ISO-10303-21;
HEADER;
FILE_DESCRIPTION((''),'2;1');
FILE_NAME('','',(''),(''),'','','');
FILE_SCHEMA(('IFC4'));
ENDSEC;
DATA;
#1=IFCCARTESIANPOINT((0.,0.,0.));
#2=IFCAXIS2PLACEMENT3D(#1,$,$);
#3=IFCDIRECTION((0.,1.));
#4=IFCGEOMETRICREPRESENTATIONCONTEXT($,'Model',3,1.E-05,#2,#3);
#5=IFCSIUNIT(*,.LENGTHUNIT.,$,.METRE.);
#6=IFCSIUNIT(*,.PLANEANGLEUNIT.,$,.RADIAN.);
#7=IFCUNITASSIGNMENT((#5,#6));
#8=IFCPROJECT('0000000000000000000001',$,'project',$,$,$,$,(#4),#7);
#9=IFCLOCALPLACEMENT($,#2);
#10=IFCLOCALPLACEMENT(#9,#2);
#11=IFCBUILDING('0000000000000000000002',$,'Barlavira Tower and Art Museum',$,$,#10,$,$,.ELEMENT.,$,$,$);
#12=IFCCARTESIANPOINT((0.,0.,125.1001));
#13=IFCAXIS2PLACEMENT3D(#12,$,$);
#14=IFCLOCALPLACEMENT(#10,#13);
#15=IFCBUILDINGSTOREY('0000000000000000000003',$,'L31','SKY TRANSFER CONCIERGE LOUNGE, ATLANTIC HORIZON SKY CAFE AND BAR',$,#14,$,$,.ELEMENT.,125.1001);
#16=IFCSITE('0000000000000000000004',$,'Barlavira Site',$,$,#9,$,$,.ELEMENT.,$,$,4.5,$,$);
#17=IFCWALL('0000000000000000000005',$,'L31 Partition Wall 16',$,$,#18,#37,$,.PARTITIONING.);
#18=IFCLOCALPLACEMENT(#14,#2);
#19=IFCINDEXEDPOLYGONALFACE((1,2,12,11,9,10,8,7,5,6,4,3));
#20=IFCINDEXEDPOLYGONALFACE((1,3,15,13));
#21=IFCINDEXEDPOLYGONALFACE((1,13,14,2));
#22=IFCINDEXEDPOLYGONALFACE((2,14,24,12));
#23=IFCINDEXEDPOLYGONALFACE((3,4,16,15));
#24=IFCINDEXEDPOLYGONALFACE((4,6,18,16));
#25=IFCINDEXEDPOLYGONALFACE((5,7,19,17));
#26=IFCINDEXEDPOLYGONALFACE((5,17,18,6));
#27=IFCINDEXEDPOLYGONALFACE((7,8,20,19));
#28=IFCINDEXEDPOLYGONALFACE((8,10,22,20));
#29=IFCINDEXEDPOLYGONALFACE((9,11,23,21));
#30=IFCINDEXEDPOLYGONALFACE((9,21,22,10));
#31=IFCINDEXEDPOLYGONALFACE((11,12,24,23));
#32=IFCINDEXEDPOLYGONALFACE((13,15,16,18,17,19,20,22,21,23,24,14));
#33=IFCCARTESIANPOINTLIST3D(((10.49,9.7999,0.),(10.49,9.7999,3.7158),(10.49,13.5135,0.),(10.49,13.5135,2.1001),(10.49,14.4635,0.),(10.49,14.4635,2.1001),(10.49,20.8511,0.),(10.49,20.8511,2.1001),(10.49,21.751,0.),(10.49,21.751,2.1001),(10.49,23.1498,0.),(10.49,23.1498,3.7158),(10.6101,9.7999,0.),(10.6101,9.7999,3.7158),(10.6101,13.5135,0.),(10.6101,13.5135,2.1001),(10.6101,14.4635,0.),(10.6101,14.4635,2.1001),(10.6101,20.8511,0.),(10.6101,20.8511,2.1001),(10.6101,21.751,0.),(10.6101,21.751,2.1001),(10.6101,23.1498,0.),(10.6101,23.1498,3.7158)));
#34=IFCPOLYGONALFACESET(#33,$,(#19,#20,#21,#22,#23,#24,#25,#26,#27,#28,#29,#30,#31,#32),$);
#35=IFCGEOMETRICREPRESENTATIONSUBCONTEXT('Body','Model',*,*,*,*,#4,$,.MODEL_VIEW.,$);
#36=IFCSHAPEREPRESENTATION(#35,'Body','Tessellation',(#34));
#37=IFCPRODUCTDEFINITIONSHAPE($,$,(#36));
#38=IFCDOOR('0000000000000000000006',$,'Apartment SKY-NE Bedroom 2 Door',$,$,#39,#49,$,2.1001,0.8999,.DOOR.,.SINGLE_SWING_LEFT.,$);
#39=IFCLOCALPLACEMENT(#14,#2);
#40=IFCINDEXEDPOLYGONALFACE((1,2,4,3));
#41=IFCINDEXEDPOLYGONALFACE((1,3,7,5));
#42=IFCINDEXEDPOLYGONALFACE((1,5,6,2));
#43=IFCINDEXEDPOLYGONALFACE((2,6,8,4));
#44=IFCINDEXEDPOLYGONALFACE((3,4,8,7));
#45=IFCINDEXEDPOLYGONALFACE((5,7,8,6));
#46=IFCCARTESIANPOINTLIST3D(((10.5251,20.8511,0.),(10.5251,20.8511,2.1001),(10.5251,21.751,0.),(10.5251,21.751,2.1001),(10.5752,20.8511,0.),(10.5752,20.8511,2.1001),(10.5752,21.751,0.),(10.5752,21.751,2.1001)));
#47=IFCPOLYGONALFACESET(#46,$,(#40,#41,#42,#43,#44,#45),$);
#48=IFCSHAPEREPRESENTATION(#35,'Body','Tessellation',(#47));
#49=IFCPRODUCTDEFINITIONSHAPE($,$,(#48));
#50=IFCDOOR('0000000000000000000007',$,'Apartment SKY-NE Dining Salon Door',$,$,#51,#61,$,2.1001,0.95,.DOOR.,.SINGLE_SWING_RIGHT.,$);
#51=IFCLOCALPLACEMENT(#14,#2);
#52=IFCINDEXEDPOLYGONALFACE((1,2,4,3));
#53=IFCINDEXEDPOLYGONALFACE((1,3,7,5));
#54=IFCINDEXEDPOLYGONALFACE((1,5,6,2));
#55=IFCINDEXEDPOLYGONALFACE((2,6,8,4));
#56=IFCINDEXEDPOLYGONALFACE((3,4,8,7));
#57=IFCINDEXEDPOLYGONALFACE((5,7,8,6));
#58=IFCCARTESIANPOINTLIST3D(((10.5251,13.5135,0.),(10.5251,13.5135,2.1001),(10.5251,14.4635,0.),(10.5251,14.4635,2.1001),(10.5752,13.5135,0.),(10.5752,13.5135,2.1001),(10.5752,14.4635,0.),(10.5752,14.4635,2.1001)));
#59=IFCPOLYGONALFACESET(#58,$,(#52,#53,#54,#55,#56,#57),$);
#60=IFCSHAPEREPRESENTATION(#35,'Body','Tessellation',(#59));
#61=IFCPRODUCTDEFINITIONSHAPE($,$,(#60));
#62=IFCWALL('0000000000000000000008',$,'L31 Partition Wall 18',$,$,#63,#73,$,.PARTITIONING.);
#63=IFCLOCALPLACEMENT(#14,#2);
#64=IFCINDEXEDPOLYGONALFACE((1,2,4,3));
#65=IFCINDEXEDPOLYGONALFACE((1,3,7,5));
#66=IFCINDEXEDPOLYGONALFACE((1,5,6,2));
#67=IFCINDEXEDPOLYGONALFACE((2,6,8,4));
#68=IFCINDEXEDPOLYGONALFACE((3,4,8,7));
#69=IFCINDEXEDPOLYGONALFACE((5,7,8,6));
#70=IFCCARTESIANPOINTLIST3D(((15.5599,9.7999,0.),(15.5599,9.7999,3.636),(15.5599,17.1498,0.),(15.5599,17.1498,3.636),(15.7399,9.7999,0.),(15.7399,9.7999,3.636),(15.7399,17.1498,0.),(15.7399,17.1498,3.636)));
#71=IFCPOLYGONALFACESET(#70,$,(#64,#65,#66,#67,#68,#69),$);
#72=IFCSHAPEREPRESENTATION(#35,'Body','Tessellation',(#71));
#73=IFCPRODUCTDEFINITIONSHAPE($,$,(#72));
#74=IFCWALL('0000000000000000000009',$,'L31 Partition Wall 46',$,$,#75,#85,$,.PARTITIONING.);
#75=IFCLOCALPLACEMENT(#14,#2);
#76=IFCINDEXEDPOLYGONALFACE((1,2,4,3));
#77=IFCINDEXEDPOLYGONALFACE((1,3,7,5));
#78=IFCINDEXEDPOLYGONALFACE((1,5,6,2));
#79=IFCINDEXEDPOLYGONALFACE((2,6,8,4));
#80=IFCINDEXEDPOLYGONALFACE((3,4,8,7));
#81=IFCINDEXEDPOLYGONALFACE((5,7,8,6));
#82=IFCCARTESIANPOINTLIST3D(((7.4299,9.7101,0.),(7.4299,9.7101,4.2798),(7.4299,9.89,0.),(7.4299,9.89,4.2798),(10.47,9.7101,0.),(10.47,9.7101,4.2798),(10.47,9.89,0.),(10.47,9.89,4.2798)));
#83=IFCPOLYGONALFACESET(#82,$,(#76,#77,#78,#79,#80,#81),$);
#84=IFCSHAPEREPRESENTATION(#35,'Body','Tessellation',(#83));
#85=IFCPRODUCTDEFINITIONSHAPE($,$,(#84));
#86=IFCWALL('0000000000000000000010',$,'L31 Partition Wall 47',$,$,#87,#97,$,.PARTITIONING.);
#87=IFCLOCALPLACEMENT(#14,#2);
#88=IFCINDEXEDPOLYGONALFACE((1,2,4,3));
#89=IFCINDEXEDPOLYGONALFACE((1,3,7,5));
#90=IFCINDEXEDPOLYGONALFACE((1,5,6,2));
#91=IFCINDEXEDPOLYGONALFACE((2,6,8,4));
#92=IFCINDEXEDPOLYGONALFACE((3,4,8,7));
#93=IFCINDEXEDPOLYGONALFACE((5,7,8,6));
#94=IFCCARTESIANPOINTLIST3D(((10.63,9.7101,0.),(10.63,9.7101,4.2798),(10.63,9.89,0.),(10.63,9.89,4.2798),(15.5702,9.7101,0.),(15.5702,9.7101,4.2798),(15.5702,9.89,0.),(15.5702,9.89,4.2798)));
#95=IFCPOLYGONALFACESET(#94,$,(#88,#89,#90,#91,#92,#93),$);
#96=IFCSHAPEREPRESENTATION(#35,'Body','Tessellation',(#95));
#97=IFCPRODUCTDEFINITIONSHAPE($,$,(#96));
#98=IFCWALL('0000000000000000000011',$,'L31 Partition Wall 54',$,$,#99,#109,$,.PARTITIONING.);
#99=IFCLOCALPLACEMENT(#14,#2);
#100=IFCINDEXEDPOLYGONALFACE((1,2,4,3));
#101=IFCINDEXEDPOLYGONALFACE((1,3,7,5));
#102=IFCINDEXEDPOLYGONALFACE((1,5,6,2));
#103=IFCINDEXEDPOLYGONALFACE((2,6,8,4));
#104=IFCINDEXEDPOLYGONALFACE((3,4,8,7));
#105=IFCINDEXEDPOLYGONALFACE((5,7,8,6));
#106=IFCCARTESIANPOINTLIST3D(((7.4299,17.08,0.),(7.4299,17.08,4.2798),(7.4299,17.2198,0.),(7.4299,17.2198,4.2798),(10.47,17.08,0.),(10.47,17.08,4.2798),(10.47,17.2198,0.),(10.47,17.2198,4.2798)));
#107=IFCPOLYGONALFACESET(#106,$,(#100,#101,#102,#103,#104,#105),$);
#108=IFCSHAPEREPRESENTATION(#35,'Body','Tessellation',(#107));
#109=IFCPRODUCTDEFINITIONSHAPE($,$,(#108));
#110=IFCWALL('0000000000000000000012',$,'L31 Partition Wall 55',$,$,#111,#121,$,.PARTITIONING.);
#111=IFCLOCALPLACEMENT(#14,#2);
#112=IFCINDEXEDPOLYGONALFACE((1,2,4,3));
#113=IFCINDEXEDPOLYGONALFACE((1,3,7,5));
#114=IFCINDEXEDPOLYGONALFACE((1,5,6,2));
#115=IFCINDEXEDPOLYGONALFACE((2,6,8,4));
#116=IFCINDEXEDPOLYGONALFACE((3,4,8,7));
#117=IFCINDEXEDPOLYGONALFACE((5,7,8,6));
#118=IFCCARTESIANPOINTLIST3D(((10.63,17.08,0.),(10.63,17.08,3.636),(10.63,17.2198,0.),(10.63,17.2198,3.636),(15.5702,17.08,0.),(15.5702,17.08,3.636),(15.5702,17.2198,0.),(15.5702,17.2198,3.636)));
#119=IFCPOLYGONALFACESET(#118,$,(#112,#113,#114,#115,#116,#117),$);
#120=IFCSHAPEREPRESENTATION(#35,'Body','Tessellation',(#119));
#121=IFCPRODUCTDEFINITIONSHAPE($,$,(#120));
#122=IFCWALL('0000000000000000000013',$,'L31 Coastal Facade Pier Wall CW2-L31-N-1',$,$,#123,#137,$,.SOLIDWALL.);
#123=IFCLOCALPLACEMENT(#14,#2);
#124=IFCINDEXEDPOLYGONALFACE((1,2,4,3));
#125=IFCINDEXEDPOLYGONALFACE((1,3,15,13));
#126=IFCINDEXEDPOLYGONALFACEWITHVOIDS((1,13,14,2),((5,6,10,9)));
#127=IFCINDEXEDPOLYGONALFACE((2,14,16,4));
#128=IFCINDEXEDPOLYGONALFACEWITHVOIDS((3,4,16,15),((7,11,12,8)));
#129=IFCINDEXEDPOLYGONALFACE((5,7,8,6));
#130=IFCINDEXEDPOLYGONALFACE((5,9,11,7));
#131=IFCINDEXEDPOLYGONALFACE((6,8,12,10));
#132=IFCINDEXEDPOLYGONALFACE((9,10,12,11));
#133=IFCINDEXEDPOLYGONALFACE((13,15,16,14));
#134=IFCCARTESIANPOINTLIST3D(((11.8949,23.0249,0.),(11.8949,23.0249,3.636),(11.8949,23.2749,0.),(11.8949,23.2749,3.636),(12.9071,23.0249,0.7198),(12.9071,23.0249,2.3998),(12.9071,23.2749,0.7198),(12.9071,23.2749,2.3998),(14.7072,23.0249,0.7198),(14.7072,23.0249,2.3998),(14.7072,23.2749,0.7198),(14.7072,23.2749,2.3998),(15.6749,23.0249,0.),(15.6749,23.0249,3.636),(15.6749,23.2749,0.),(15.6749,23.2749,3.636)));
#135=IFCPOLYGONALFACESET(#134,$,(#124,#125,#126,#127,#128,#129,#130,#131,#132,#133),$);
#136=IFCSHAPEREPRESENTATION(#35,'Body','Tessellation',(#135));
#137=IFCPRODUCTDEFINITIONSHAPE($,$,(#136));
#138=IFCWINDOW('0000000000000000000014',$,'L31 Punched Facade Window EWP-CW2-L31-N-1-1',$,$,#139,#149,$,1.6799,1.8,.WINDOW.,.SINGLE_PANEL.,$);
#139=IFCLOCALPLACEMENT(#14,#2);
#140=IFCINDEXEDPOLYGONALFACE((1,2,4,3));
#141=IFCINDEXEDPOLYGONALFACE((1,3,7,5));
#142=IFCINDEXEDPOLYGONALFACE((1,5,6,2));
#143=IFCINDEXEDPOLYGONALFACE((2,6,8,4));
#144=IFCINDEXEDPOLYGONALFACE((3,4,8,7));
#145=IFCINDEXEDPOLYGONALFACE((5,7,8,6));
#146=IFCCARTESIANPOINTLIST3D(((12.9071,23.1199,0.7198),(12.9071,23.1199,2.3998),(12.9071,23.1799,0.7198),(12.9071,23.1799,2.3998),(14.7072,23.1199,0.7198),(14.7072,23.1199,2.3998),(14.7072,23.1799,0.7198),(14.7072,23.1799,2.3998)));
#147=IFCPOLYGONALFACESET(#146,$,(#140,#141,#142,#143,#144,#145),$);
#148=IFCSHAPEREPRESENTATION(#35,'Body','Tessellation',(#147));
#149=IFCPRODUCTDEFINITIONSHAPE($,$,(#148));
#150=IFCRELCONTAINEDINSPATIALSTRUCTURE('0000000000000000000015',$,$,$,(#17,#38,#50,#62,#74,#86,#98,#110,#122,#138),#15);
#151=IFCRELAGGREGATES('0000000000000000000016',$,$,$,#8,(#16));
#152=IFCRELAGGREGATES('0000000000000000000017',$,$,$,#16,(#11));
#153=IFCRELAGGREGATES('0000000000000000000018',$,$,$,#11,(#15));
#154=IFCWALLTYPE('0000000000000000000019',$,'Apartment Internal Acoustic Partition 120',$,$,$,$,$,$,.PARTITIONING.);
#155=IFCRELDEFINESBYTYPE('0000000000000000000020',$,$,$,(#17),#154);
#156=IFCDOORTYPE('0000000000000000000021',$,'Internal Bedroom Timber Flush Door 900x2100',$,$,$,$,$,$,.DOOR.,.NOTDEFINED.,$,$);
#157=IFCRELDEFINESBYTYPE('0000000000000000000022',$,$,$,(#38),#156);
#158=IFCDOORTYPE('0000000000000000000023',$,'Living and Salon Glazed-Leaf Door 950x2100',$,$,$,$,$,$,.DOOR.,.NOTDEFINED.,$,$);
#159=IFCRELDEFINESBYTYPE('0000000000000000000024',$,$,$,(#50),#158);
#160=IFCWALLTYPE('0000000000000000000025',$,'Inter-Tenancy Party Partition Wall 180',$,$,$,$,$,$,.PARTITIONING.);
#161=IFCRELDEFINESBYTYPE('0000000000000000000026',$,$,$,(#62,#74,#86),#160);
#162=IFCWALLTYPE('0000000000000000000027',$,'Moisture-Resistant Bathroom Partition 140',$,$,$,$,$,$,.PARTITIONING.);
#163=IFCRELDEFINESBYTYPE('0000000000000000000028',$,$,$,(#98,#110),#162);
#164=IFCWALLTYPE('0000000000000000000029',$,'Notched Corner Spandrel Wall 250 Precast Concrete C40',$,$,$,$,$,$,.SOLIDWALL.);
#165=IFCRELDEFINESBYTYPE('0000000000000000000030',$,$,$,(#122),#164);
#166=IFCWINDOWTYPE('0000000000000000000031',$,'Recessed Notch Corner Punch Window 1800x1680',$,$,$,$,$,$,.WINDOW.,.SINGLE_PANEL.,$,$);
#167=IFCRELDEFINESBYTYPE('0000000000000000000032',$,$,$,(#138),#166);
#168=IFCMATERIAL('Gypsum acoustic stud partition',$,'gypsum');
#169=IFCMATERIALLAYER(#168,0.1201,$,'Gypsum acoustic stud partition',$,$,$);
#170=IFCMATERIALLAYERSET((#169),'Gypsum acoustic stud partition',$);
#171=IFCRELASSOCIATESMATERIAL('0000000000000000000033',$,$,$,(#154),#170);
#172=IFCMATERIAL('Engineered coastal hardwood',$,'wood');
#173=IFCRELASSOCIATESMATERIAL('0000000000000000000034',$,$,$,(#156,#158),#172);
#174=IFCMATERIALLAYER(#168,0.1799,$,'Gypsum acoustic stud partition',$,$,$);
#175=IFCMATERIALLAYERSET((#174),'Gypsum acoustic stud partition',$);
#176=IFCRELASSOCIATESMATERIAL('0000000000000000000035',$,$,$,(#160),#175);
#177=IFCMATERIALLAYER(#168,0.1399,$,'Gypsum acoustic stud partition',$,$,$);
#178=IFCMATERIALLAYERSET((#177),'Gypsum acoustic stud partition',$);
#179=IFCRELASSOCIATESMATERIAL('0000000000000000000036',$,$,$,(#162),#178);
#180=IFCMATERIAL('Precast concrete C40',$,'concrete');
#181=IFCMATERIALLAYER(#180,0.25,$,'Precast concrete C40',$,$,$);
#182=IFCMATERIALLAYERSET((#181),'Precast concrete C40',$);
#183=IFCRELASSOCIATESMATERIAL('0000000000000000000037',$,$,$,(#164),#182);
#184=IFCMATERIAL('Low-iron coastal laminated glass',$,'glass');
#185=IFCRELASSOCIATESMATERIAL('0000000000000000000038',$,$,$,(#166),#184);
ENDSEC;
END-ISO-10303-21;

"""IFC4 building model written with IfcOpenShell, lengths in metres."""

from ifc_helpers import new_model, si_unit, direction, frame, frame_2d, origin, place, context, subcontext, project, spatial, rectangle, extrude, material, layer, layer_set, type_object, element, fill, save


model = new_model("IFC4")

# Units and contexts
model_context = context("Model", 3, precision=1e-05, world=origin(), true_north=direction((0.0, 1.0)))
body_context = subcontext(model_context, "Body", "Model", "MODEL_VIEW")
ifc_project = project(units=[si_unit("LENGTHUNIT", "METRE"), si_unit("PLANEANGLEUNIT", "RADIAN")], contexts=[model_context])

# Site, building, storey
site_placement = place(None, origin())
site = spatial("IfcSite", under=ifc_project, at=site_placement, Name="Barlavira Site", CompositionType="ELEMENT", RefElevation=4.5)
building_placement = place(site_placement, origin())
building = spatial("IfcBuilding", under=site, at=building_placement, Name="Barlavira Tower and Art Museum", CompositionType="ELEMENT")
storey_placement = place(building_placement, frame((0.0, 0.0, 125.1001)))
storey = spatial("IfcBuildingStorey", under=building, at=storey_placement, Name="L31", Description="SKY TRANSFER CONCIERGE LOUNGE, ATLANTIC HORIZON SKY CAFE AND BAR", CompositionType="ELEMENT", Elevation=125.1001)

# Wall, openings, doors
ifc_material_1 = material(Name="Gypsum acoustic stud partition", Category="gypsum")
ifc_layer_1 = layer(ifc_material_1, 0.1201, Name="Gypsum acoustic stud partition")
ifc_layer_set_1 = layer_set([ifc_layer_1], Name="Gypsum acoustic stud partition")
wall_type_1 = type_object("IfcWallType", Name="Apartment Internal Acoustic Partition 120", PredefinedType="PARTITIONING", material=ifc_layer_set_1)
wall_1_placement = place(storey_placement, frame((10.55, 9.8, 0.0), z_axis=(0.0, 0.0, 1.0), x_axis=(0.0, 1.0, 0.0)))
wall_1 = element("IfcWall", 1, at=wall_1_placement, inside=storey, type_object=wall_type_1, Name="L31 Partition Wall 16", PredefinedType="PARTITIONING", context=body_context, shape_type="SweptSolid", body=[
    extrude(rectangle(XDim=13.3499, YDim=0.1201, at=frame_2d((6.6748, 0.0))), origin(), (0.0, 0.0, 1.0), 3.7158),
])
opening_1_placement = place(wall_1_placement, frame((3.7134, 0.0, 0.0)))
opening_1 = element("IfcOpeningElement", 2, at=opening_1_placement, cuts=wall_1, PredefinedType="OPENING", context=body_context, shape_type="SweptSolid", body=[
    extrude(rectangle(XDim=0.95, YDim=2.1001, at=frame_2d((0.4751, 1.05))), frame((0.0, 0.0701, 0.0), z_axis=(0.0, -1.0, 0.0), x_axis=(1.0, 0.0, 0.0)), (0.0, 0.0, 1.0), 0.1401),
])
opening_2_placement = place(wall_1_placement, frame((11.051, 0.0, 0.0)))
opening_2 = element("IfcOpeningElement", 3, at=opening_2_placement, cuts=wall_1, PredefinedType="OPENING", context=body_context, shape_type="SweptSolid", body=[
    extrude(rectangle(XDim=0.8999, YDim=2.1001, at=frame_2d((0.45, 1.05))), frame((0.0, 0.0701, 0.0), z_axis=(0.0, -1.0, 0.0), x_axis=(1.0, 0.0, 0.0)), (0.0, 0.0, 1.0), 0.1401),
])
ifc_material_2 = material(Name="Engineered coastal hardwood", Category="wood")
door_type_1 = type_object("IfcDoorType", Name="Internal Bedroom Timber Flush Door 900x2100", OperationType="NOTDEFINED", PredefinedType="DOOR", material=ifc_material_2)
door_1_placement = place(opening_2_placement, origin())
door_1 = element("IfcDoor", 4, at=door_1_placement, inside=storey, type_object=door_type_1, Name="Apartment SKY-NE Bedroom 2 Door", OperationType="SINGLE_SWING_LEFT", OverallHeight=2.1001, OverallWidth=0.8999, PredefinedType="DOOR", context=body_context, shape_type="SweptSolid", body=[
    extrude(rectangle(XDim=0.8999, YDim=2.1001, at=frame_2d((0.45, 1.05))), frame((0.0, 0.0249, 0.0), z_axis=(0.0, -1.0, 0.0), x_axis=(1.0, 0.0, 0.0)), (0.0, 0.0, 1.0), 0.05),
])
fill(opening_2, door_1)
door_type_2 = type_object("IfcDoorType", Name="Living and Salon Glazed-Leaf Door 950x2100", OperationType="NOTDEFINED", PredefinedType="DOOR", material=ifc_material_2)
door_2_placement = place(opening_1_placement, origin())
door_2 = element("IfcDoor", 5, at=door_2_placement, inside=storey, type_object=door_type_2, Name="Apartment SKY-NE Dining Salon Door", OperationType="SINGLE_SWING_RIGHT", OverallHeight=2.1001, OverallWidth=0.95, PredefinedType="DOOR", context=body_context, shape_type="SweptSolid", body=[
    extrude(rectangle(XDim=0.95, YDim=2.1001, at=frame_2d((0.4751, 1.05))), frame((0.0, 0.0249, 0.0), z_axis=(0.0, -1.0, 0.0), x_axis=(1.0, 0.0, 0.0)), (0.0, 0.0, 1.0), 0.05),
])
fill(opening_1, door_2)

# Walls
ifc_layer_2 = layer(ifc_material_1, 0.1799, Name="Gypsum acoustic stud partition")
ifc_layer_set_2 = layer_set([ifc_layer_2], Name="Gypsum acoustic stud partition")
wall_type_2 = type_object("IfcWallType", Name="Inter-Tenancy Party Partition Wall 180", PredefinedType="PARTITIONING", material=ifc_layer_set_2)
wall_2_placement = place(storey_placement, frame((15.6499, 9.8, 0.0), z_axis=(0.0, 0.0, 1.0), x_axis=(0.0, 1.0, 0.0)))
element("IfcWall", 6, at=wall_2_placement, inside=storey, type_object=wall_type_2, Name="L31 Partition Wall 18", PredefinedType="PARTITIONING", context=body_context, shape_type="SweptSolid", body=[
    extrude(rectangle(XDim=7.3499, YDim=0.1799, at=frame_2d((3.6748, 0.0))), origin(), (0.0, 0.0, 1.0), 3.636),
])
wall_3_placement = place(storey_placement, frame((7.4299, 9.8, 0.0), z_axis=(0.0, 0.0, 1.0), x_axis=(1.0, 0.0, 0.0)))
element("IfcWall", 7, at=wall_3_placement, inside=storey, type_object=wall_type_2, Name="L31 Partition Wall 46", PredefinedType="PARTITIONING", context=body_context, shape_type="SweptSolid", body=[
    extrude(rectangle(XDim=3.04, YDim=0.1799, at=frame_2d((1.52, 0.0))), origin(), (0.0, 0.0, 1.0), 4.2798),
])
wall_4_placement = place(storey_placement, frame((10.6299, 9.8, 0.0), z_axis=(0.0, 0.0, 1.0), x_axis=(1.0, 0.0, 0.0)))
element("IfcWall", 8, at=wall_4_placement, inside=storey, type_object=wall_type_2, Name="L31 Partition Wall 47", PredefinedType="PARTITIONING", context=body_context, shape_type="SweptSolid", body=[
    extrude(rectangle(XDim=4.9402, YDim=0.1799, at=frame_2d((2.4702, 0.0))), origin(), (0.0, 0.0, 1.0), 4.2798),
])
ifc_layer_3 = layer(ifc_material_1, 0.1399, Name="Gypsum acoustic stud partition")
ifc_layer_set_3 = layer_set([ifc_layer_3], Name="Gypsum acoustic stud partition")
wall_type_3 = type_object("IfcWallType", Name="Moisture-Resistant Bathroom Partition 140", PredefinedType="PARTITIONING", material=ifc_layer_set_3)
wall_5_placement = place(storey_placement, frame((7.4299, 17.1499, 0.0), z_axis=(0.0, 0.0, 1.0), x_axis=(1.0, 0.0, 0.0)))
element("IfcWall", 9, at=wall_5_placement, inside=storey, type_object=wall_type_3, Name="L31 Partition Wall 54", PredefinedType="PARTITIONING", context=body_context, shape_type="SweptSolid", body=[
    extrude(rectangle(XDim=3.04, YDim=0.1399, at=frame_2d((1.52, 0.0))), origin(), (0.0, 0.0, 1.0), 4.2798),
])
wall_6_placement = place(storey_placement, frame((10.6299, 17.1499, 0.0), z_axis=(0.0, 0.0, 1.0), x_axis=(1.0, 0.0, 0.0)))
element("IfcWall", 10, at=wall_6_placement, inside=storey, type_object=wall_type_3, Name="L31 Partition Wall 55", PredefinedType="PARTITIONING", context=body_context, shape_type="SweptSolid", body=[
    extrude(rectangle(XDim=4.9402, YDim=0.1399, at=frame_2d((2.4702, 0.0))), origin(), (0.0, 0.0, 1.0), 3.636),
])

# Wall, opening, window
ifc_material_3 = material(Name="Precast concrete C40", Category="concrete")
ifc_layer_4 = layer(ifc_material_3, 0.25, Name="Precast concrete C40")
ifc_layer_set_4 = layer_set([ifc_layer_4], Name="Precast concrete C40")
wall_type_4 = type_object("IfcWallType", Name="Notched Corner Spandrel Wall 250 Precast Concrete C40", PredefinedType="SOLIDWALL", material=ifc_layer_set_4)
wall_7_placement = place(storey_placement, frame((15.675, 23.1499, 0.0), z_axis=(0.0, 0.0, 1.0), x_axis=(-1.0, 0.0, 0.0)))
wall_7 = element("IfcWall", 11, at=wall_7_placement, inside=storey, type_object=wall_type_4, Name="L31 Coastal Facade Pier Wall CW2-L31-N-1", PredefinedType="SOLIDWALL", context=body_context, shape_type="SweptSolid", body=[
    extrude(rectangle(XDim=3.78, YDim=0.25, at=frame_2d((1.8901, 0.0))), origin(), (0.0, 0.0, 1.0), 3.636),
])
opening_3_placement = place(wall_7_placement, frame((0.968, 0.0, 0.72)))
opening_3 = element("IfcOpeningElement", 12, at=opening_3_placement, cuts=wall_7, PredefinedType="OPENING", context=body_context, shape_type="SweptSolid", body=[
    extrude(rectangle(XDim=1.8, YDim=1.6799, at=frame_2d((0.8999, 0.8398))), frame((0.0, 0.135, 0.0), z_axis=(0.0, -1.0, 0.0), x_axis=(1.0, 0.0, 0.0)), (0.0, 0.0, 1.0), 0.27),
])
ifc_material_4 = material(Name="Low-iron coastal laminated glass", Category="glass")
window_type = type_object("IfcWindowType", Name="Recessed Notch Corner Punch Window 1800x1680", PartitioningType="SINGLE_PANEL", PredefinedType="WINDOW", material=ifc_material_4)
window_1_placement = place(opening_3_placement, origin())
window_1 = element("IfcWindow", 13, at=window_1_placement, inside=storey, type_object=window_type, Name="L31 Punched Facade Window EWP-CW2-L31-N-1-1", OverallHeight=1.6799, OverallWidth=1.8, PartitioningType="SINGLE_PANEL", PredefinedType="WINDOW", context=body_context, shape_type="SweptSolid", body=[
    extrude(rectangle(XDim=1.8, YDim=1.6799, at=frame_2d((0.8999, 0.8398))), frame((0.0, 0.03, 0.0), z_axis=(0.0, -1.0, 0.0), x_axis=(1.0, 0.0, 0.0)), (0.0, 0.0, 1.0), 0.0601),
])
fill(opening_3, window_1)

save(model, "model.ifc")
